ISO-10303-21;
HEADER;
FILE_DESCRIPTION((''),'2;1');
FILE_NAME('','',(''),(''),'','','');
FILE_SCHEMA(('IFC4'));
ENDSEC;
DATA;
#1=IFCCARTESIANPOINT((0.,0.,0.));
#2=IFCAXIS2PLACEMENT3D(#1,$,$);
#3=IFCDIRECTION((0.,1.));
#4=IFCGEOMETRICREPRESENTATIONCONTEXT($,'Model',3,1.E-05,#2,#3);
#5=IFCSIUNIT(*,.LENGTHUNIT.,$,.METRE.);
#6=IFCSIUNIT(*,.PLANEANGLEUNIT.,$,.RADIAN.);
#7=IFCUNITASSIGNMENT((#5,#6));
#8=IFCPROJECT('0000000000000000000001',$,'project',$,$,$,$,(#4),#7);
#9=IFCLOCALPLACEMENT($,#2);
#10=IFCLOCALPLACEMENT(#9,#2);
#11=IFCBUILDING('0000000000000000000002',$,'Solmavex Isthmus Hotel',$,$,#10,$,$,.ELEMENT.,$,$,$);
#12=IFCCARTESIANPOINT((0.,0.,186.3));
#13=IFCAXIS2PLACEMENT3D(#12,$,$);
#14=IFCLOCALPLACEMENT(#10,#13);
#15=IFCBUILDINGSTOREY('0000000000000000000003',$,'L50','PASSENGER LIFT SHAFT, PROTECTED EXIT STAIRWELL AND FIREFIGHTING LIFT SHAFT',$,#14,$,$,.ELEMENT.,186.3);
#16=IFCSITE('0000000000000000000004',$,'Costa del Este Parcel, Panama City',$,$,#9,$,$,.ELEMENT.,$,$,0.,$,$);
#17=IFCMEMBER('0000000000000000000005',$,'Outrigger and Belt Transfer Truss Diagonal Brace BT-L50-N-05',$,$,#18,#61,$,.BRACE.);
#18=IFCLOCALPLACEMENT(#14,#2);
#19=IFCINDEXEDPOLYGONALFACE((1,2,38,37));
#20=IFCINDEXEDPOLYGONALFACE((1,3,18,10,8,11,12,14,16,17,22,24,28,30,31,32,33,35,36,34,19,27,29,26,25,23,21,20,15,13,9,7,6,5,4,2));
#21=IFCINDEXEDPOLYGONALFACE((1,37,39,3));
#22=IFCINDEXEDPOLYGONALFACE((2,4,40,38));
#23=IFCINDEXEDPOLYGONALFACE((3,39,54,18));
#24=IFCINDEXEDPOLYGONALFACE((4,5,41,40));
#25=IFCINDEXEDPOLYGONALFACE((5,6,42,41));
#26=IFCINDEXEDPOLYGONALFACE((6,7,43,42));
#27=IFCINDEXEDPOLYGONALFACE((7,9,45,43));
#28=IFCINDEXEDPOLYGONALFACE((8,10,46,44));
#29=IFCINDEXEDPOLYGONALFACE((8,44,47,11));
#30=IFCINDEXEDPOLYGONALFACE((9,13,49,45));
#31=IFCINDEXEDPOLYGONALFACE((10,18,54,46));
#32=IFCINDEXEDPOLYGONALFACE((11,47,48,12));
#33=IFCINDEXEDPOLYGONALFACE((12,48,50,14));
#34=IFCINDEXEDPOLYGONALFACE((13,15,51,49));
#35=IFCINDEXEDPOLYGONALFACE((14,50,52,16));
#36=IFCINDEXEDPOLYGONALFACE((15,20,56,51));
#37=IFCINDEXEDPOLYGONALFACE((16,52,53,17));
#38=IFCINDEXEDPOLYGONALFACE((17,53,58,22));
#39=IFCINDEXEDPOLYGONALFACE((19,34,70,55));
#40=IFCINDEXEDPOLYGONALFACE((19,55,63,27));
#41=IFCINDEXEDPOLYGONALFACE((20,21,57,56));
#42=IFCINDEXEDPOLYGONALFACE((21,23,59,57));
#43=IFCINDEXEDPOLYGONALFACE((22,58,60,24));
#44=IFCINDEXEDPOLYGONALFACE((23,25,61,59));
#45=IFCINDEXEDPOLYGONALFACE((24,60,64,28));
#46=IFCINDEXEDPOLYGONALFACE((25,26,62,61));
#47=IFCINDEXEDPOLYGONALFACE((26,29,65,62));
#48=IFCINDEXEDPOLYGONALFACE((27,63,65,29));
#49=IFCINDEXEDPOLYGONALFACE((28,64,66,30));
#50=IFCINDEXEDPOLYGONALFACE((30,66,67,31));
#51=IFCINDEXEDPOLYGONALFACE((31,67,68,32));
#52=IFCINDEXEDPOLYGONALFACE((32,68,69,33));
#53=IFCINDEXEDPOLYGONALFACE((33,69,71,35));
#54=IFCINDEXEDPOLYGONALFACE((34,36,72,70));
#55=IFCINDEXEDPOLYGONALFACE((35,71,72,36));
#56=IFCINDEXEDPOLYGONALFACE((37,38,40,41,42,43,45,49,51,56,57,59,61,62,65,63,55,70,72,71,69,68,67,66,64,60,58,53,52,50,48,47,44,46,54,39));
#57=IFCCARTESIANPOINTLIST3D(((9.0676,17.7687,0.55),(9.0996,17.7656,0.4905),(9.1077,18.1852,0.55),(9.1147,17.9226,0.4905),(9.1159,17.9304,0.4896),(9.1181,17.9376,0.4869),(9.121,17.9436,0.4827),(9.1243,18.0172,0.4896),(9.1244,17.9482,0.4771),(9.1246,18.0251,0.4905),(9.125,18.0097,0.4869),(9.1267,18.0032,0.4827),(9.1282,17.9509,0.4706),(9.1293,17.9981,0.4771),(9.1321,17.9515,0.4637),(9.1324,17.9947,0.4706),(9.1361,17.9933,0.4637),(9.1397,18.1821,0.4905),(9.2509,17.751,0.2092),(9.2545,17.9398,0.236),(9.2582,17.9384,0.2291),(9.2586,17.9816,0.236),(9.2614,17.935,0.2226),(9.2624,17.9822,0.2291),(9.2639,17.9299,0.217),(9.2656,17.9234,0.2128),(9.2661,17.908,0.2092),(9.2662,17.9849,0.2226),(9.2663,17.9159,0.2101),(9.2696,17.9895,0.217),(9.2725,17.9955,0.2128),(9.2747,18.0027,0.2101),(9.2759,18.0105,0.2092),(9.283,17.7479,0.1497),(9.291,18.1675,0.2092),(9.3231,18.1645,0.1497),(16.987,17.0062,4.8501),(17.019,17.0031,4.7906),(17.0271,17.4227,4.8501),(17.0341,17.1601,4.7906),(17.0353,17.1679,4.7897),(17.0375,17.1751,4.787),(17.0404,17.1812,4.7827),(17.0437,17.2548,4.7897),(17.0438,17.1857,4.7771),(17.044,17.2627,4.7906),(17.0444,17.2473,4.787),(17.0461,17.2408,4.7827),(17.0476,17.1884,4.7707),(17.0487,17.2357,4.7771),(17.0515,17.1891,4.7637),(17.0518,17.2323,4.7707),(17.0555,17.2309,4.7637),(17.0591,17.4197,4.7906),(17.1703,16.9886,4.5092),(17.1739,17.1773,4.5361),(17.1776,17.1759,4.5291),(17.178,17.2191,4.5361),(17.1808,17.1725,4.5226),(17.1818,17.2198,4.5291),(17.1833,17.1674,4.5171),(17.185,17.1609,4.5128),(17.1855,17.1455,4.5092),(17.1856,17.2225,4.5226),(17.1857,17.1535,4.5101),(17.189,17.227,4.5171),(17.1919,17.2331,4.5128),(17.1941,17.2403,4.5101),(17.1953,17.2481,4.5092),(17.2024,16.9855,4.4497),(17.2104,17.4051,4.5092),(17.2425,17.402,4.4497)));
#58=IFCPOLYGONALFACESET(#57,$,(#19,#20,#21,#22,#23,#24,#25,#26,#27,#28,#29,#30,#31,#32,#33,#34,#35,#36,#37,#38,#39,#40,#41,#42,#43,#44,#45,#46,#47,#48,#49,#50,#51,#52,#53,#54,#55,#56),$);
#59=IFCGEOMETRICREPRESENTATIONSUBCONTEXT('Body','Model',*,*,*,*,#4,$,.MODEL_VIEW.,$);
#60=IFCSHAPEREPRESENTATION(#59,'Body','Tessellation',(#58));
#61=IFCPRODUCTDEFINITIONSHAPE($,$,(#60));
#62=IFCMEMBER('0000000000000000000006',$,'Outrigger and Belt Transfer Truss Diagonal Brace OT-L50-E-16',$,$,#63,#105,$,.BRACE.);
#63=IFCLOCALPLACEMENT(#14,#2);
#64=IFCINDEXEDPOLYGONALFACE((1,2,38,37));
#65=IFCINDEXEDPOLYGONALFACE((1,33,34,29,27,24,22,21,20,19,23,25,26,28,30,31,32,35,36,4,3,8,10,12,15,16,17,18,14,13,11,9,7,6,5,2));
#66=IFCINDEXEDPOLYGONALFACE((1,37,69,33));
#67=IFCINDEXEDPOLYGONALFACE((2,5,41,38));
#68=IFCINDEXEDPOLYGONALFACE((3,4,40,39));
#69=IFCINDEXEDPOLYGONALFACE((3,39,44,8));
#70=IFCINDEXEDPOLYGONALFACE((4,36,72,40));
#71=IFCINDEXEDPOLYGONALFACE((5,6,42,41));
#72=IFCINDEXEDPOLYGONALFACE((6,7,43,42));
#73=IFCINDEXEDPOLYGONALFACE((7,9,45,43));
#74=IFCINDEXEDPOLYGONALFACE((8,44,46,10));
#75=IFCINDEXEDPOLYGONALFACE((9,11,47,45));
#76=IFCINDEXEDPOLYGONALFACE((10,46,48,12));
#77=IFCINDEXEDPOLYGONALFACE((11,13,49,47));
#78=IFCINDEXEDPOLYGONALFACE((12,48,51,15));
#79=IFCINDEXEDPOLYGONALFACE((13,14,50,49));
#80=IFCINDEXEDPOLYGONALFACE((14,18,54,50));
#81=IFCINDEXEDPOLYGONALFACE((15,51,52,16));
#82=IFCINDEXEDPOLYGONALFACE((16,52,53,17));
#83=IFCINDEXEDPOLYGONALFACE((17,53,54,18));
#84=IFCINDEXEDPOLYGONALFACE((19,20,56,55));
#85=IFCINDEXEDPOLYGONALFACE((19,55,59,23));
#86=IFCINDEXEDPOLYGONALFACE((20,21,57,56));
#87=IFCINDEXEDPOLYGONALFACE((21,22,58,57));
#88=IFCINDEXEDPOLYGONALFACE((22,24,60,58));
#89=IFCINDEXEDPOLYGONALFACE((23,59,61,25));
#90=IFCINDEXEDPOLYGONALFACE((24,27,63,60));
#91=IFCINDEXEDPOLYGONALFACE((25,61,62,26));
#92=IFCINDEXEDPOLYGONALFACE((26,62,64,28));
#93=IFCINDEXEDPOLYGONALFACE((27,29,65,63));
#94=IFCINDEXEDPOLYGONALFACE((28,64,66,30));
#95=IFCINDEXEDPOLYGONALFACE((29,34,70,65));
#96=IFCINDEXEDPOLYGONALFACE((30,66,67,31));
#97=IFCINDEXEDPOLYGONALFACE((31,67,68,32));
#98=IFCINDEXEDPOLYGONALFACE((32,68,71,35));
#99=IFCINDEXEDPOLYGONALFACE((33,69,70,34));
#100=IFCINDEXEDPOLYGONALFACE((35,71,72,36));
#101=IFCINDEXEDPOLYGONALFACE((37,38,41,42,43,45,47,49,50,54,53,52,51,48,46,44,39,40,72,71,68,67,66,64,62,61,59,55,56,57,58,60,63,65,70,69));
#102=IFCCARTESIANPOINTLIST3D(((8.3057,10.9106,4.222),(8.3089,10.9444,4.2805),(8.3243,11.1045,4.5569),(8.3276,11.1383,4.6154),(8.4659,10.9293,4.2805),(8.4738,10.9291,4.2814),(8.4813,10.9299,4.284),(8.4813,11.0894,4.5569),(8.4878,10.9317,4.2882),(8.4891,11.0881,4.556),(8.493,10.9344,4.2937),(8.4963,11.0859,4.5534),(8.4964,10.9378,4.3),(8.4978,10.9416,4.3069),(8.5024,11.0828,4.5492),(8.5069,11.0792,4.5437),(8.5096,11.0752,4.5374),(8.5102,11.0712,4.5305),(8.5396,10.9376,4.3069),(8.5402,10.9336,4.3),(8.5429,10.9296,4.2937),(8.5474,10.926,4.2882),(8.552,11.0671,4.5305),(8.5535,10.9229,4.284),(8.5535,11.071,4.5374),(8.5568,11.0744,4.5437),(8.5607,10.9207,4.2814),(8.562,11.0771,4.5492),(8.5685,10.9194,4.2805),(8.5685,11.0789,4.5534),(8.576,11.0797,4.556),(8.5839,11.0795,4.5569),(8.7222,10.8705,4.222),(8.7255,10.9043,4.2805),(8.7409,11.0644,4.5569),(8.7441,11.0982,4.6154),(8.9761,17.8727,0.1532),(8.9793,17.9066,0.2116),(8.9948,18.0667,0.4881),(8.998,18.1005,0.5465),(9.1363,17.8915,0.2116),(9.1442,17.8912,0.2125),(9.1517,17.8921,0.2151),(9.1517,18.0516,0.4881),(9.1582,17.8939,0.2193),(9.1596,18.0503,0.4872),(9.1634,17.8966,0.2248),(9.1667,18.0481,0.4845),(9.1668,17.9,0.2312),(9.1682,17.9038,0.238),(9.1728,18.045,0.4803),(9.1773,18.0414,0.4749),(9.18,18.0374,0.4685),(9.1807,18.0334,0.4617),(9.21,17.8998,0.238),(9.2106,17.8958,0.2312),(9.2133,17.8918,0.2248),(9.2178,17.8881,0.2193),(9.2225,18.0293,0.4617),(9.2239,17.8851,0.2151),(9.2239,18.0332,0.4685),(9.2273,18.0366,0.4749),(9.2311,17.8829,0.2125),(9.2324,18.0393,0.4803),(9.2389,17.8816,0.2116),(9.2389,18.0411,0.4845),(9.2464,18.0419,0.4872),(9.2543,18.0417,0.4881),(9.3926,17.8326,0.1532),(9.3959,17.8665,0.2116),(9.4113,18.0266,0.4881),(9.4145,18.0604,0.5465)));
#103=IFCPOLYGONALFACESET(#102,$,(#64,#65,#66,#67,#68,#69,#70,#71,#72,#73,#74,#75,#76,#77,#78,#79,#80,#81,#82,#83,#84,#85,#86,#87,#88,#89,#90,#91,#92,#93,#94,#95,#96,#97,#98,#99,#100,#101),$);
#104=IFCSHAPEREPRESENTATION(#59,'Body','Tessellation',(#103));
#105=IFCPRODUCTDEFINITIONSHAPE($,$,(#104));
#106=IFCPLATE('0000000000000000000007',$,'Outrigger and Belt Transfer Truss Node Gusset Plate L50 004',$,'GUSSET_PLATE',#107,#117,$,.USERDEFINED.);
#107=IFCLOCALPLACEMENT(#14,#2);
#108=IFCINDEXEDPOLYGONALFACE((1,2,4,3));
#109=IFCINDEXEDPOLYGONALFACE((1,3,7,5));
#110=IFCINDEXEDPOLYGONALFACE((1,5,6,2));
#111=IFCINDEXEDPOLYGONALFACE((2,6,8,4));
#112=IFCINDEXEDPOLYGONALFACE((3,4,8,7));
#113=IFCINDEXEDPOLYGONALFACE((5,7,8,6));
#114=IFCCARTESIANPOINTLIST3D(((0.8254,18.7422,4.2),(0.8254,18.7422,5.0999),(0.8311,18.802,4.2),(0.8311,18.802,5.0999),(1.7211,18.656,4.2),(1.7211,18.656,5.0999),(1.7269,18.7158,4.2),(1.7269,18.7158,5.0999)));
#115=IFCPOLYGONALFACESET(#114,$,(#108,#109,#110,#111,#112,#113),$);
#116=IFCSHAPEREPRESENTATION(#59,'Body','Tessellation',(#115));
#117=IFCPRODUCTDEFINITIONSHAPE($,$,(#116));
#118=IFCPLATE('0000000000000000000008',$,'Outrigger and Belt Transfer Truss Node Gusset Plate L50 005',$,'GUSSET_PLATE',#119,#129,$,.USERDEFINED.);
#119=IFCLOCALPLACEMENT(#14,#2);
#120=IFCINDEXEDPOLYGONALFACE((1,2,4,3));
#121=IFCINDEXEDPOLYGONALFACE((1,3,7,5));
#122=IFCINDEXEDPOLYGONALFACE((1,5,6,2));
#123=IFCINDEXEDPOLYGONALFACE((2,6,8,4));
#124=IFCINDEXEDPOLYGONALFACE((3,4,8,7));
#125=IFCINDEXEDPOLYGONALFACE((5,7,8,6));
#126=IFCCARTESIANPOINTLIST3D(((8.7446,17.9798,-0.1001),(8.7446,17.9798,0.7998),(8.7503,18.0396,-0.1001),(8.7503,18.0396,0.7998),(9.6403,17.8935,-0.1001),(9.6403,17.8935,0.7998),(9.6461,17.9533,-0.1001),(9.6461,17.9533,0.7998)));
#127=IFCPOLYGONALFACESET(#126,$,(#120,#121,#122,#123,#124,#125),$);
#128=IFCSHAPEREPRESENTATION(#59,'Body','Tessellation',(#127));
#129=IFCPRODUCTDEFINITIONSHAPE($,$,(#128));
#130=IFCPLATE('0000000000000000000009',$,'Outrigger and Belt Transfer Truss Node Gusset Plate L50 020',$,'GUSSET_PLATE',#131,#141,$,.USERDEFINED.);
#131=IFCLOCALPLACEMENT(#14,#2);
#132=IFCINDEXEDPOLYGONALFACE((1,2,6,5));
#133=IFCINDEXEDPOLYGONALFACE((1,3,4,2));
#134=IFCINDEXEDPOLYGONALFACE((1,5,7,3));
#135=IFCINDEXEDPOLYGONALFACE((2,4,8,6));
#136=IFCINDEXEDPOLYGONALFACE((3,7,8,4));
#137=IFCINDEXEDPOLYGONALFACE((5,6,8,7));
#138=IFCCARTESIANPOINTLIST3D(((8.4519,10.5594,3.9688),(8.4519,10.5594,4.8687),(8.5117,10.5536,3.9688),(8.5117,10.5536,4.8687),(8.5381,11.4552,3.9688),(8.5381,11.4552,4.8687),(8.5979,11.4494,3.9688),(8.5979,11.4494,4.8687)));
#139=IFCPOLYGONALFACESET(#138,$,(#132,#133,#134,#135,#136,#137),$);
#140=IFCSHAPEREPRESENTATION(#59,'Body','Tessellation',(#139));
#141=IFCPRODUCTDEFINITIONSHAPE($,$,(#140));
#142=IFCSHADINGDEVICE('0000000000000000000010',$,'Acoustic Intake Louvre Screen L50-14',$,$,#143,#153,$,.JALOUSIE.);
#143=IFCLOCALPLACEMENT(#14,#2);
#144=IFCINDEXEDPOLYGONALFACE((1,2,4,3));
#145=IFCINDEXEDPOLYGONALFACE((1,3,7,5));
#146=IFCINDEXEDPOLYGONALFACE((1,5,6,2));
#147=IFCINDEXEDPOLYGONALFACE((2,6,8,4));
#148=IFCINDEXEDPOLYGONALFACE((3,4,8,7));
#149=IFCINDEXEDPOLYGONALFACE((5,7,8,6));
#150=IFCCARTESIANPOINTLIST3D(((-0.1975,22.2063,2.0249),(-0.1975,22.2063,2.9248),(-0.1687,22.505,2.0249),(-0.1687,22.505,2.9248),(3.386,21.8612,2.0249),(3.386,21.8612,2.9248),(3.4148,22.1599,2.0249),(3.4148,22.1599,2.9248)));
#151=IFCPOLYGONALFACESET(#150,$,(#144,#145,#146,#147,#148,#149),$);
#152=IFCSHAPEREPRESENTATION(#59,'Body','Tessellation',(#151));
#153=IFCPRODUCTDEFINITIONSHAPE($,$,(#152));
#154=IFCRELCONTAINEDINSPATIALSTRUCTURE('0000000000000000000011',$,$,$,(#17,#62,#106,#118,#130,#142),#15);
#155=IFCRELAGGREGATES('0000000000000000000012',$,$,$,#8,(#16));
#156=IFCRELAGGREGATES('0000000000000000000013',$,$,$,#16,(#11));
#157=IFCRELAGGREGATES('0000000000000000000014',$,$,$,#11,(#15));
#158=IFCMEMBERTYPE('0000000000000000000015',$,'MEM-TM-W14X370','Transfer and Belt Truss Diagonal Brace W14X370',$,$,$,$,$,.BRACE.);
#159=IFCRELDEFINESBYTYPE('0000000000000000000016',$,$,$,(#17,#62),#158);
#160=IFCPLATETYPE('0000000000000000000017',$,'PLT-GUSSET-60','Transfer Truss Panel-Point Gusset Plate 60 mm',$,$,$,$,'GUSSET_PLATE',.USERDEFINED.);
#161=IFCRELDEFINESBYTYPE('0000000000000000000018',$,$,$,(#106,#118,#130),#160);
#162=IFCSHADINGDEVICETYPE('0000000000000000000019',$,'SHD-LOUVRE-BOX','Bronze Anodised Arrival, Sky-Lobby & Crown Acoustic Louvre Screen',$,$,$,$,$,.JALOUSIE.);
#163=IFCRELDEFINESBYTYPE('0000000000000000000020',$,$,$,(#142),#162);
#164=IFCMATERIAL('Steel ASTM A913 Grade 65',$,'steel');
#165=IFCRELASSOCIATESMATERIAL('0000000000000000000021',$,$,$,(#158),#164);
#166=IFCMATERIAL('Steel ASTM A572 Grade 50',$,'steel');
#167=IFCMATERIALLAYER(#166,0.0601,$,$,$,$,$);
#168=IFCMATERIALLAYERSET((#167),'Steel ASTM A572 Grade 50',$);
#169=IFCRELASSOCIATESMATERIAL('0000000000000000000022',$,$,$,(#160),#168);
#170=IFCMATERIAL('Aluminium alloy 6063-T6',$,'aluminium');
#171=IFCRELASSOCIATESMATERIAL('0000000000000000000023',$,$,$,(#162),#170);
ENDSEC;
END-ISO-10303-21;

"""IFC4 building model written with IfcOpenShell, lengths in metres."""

from ifc_helpers import new_model, si_unit, direction, frame, origin, origin_2d, place, context, subcontext, project, spatial, rectangle, i_section, extrude, material, layer, layer_set, material_profile, profile_set, type_object, element, save


model = new_model("IFC4")

# Units and contexts
model_context = context("Model", 3, precision=1e-05, world=origin(), true_north=direction((0.0, 1.0)))
body_context = subcontext(model_context, "Body", "Model", "MODEL_VIEW")
ifc_project = project(units=[si_unit("LENGTHUNIT", "METRE"), si_unit("PLANEANGLEUNIT", "RADIAN")], contexts=[model_context])

# Site, building, storey
site_placement = place(None, origin())
site = spatial("IfcSite", under=ifc_project, at=site_placement, Name="Costa del Este Parcel, Panama City", CompositionType="ELEMENT", RefElevation=0.0)
building_placement = place(site_placement, origin())
building = spatial("IfcBuilding", under=site, at=building_placement, Name="Solmavex Isthmus Hotel", CompositionType="ELEMENT")
storey_placement = place(building_placement, frame((0.0, 0.0, 186.3)))
storey = spatial("IfcBuildingStorey", under=building, at=storey_placement, Name="L50", Description="PASSENGER LIFT SHAFT, PROTECTED EXIT STAIRWELL AND FIREFIGHTING LIFT SHAFT", CompositionType="ELEMENT", Elevation=186.3)

# Shared definitions
ifc_material_1 = material(Name="Steel ASTM A913 Grade 65", Category="steel")

# Members
ifc_material_profile_1 = material_profile(ifc_material_1, i_section(OverallWidth=0.4185, OverallDepth=0.4551, WebThickness=0.042, FlangeThickness=0.0676, FilletRadius=0.0305, at=origin_2d()), Name="W14X370")
ifc_profile_set_1 = profile_set([ifc_material_profile_1], Name="Steel ASTM A913 Grade 65")
member_type_1 = type_object("IfcMemberType", Name="MEM-TM-W14X370", Description="Transfer and Belt Truss Diagonal Brace W14X370", PredefinedType="BRACE", material=ifc_profile_set_1)
member_1_placement = place(storey_placement, frame((9.1953, 17.9666, 0.3499), z_axis=(0.875682, -0.084307, 0.475473), x_axis=(0.095833, 0.995397, 0.0)))
element("IfcMember", 1, at=member_1_placement, inside=storey, type_object=member_type_1, Name="Outrigger and Belt Transfer Truss Diagonal Brace BT-L50-N-05", PredefinedType="BRACE", context=body_context, shape_type="SweptSolid", body=[
    extrude(i_section(OverallWidth=0.4185, OverallDepth=0.4551, WebThickness=0.042, FlangeThickness=0.0676, FilletRadius=0.0305, at=origin_2d()), origin(), (0.0, 0.0, 1.0), 9.0437),
])
member_2_placement = place(storey_placement, frame((8.5249, 11.0044, 4.4187), z_axis=(0.082851, 0.860401, -0.502838), x_axis=(-0.995396, 0.09585, 0.0)))
element("IfcMember", 2, at=member_2_placement, inside=storey, type_object=member_type_1, Name="Outrigger and Belt Transfer Truss Diagonal Brace OT-L50-E-16", PredefinedType="BRACE", context=body_context, shape_type="SweptSolid", body=[
    extrude(i_section(OverallWidth=0.4185, OverallDepth=0.4551, WebThickness=0.042, FlangeThickness=0.0676, FilletRadius=0.0305, at=origin_2d()), origin(), (0.0, 0.0, 1.0), 8.0918),
])

# Plates
ifc_material_2 = material(Name="Steel ASTM A572 Grade 50", Category="steel")
ifc_layer = layer(ifc_material_2, 0.0601)
ifc_layer_set = layer_set([ifc_layer], Name="Steel ASTM A572 Grade 50")
plate_type = type_object("IfcPlateType", Name="PLT-GUSSET-60", Description="Transfer Truss Panel-Point Gusset Plate 60 mm", ElementType="GUSSET_PLATE", PredefinedType="USERDEFINED", material=ifc_layer_set)
for number, where, z_axis, x_axis, name in (
    (3, (1.2761, 18.729, 4.2), (0.0, 0.0, 1.0), (0.995396, -0.095846, 0.0), "Outrigger and Belt Transfer Truss Node Gusset Plate L50 004"),
    (4, (9.1953, 17.9666, -0.1001), (0.0, 0.0, 1.0), (0.995396, -0.095846, 0.0), "Outrigger and Belt Transfer Truss Node Gusset Plate L50 005"),
    (5, (8.5249, 11.0044, 3.9688), (0.0, 0.0, 1.0), (0.095846, 0.995396, 0.0), "Outrigger and Belt Transfer Truss Node Gusset Plate L50 020"),
):
    element("IfcPlate", number, at=place(storey_placement, frame(where, z_axis=z_axis, x_axis=x_axis)), inside=storey, type_object=plate_type, Name=name, ObjectType="GUSSET_PLATE", PredefinedType="USERDEFINED", context=body_context, shape_type="SweptSolid", body=[
        extrude(rectangle(XDim=0.8999, YDim=0.0601, at=origin_2d()), origin(), (0.0, 0.0, 1.0), 0.8999),
    ])

# Shading device
ifc_material_3 = material(Name="Aluminium alloy 6063-T6", Category="aluminium")
shading_device_type = type_object("IfcShadingDeviceType", Name="SHD-LOUVRE-BOX", Description="Bronze Anodised Arrival, Sky-Lobby & Crown Acoustic Louvre Screen", PredefinedType="JALOUSIE", material=ifc_material_3)
shading_device_placement = place(storey_placement, frame((1.6086, 22.1831, 2.0249), z_axis=(0.0, 0.0, 1.0), x_axis=(0.995396, -0.095846, 0.0)))
element("IfcShadingDevice", 6, at=shading_device_placement, inside=storey, type_object=shading_device_type, Name="Acoustic Intake Louvre Screen L50-14", PredefinedType="JALOUSIE", context=body_context, shape_type="SweptSolid", body=[
    extrude(rectangle(XDim=3.6001, YDim=0.3, at=origin_2d()), origin(), (0.0, 0.0, 1.0), 0.8999),
])

save(model, "model.ifc")
